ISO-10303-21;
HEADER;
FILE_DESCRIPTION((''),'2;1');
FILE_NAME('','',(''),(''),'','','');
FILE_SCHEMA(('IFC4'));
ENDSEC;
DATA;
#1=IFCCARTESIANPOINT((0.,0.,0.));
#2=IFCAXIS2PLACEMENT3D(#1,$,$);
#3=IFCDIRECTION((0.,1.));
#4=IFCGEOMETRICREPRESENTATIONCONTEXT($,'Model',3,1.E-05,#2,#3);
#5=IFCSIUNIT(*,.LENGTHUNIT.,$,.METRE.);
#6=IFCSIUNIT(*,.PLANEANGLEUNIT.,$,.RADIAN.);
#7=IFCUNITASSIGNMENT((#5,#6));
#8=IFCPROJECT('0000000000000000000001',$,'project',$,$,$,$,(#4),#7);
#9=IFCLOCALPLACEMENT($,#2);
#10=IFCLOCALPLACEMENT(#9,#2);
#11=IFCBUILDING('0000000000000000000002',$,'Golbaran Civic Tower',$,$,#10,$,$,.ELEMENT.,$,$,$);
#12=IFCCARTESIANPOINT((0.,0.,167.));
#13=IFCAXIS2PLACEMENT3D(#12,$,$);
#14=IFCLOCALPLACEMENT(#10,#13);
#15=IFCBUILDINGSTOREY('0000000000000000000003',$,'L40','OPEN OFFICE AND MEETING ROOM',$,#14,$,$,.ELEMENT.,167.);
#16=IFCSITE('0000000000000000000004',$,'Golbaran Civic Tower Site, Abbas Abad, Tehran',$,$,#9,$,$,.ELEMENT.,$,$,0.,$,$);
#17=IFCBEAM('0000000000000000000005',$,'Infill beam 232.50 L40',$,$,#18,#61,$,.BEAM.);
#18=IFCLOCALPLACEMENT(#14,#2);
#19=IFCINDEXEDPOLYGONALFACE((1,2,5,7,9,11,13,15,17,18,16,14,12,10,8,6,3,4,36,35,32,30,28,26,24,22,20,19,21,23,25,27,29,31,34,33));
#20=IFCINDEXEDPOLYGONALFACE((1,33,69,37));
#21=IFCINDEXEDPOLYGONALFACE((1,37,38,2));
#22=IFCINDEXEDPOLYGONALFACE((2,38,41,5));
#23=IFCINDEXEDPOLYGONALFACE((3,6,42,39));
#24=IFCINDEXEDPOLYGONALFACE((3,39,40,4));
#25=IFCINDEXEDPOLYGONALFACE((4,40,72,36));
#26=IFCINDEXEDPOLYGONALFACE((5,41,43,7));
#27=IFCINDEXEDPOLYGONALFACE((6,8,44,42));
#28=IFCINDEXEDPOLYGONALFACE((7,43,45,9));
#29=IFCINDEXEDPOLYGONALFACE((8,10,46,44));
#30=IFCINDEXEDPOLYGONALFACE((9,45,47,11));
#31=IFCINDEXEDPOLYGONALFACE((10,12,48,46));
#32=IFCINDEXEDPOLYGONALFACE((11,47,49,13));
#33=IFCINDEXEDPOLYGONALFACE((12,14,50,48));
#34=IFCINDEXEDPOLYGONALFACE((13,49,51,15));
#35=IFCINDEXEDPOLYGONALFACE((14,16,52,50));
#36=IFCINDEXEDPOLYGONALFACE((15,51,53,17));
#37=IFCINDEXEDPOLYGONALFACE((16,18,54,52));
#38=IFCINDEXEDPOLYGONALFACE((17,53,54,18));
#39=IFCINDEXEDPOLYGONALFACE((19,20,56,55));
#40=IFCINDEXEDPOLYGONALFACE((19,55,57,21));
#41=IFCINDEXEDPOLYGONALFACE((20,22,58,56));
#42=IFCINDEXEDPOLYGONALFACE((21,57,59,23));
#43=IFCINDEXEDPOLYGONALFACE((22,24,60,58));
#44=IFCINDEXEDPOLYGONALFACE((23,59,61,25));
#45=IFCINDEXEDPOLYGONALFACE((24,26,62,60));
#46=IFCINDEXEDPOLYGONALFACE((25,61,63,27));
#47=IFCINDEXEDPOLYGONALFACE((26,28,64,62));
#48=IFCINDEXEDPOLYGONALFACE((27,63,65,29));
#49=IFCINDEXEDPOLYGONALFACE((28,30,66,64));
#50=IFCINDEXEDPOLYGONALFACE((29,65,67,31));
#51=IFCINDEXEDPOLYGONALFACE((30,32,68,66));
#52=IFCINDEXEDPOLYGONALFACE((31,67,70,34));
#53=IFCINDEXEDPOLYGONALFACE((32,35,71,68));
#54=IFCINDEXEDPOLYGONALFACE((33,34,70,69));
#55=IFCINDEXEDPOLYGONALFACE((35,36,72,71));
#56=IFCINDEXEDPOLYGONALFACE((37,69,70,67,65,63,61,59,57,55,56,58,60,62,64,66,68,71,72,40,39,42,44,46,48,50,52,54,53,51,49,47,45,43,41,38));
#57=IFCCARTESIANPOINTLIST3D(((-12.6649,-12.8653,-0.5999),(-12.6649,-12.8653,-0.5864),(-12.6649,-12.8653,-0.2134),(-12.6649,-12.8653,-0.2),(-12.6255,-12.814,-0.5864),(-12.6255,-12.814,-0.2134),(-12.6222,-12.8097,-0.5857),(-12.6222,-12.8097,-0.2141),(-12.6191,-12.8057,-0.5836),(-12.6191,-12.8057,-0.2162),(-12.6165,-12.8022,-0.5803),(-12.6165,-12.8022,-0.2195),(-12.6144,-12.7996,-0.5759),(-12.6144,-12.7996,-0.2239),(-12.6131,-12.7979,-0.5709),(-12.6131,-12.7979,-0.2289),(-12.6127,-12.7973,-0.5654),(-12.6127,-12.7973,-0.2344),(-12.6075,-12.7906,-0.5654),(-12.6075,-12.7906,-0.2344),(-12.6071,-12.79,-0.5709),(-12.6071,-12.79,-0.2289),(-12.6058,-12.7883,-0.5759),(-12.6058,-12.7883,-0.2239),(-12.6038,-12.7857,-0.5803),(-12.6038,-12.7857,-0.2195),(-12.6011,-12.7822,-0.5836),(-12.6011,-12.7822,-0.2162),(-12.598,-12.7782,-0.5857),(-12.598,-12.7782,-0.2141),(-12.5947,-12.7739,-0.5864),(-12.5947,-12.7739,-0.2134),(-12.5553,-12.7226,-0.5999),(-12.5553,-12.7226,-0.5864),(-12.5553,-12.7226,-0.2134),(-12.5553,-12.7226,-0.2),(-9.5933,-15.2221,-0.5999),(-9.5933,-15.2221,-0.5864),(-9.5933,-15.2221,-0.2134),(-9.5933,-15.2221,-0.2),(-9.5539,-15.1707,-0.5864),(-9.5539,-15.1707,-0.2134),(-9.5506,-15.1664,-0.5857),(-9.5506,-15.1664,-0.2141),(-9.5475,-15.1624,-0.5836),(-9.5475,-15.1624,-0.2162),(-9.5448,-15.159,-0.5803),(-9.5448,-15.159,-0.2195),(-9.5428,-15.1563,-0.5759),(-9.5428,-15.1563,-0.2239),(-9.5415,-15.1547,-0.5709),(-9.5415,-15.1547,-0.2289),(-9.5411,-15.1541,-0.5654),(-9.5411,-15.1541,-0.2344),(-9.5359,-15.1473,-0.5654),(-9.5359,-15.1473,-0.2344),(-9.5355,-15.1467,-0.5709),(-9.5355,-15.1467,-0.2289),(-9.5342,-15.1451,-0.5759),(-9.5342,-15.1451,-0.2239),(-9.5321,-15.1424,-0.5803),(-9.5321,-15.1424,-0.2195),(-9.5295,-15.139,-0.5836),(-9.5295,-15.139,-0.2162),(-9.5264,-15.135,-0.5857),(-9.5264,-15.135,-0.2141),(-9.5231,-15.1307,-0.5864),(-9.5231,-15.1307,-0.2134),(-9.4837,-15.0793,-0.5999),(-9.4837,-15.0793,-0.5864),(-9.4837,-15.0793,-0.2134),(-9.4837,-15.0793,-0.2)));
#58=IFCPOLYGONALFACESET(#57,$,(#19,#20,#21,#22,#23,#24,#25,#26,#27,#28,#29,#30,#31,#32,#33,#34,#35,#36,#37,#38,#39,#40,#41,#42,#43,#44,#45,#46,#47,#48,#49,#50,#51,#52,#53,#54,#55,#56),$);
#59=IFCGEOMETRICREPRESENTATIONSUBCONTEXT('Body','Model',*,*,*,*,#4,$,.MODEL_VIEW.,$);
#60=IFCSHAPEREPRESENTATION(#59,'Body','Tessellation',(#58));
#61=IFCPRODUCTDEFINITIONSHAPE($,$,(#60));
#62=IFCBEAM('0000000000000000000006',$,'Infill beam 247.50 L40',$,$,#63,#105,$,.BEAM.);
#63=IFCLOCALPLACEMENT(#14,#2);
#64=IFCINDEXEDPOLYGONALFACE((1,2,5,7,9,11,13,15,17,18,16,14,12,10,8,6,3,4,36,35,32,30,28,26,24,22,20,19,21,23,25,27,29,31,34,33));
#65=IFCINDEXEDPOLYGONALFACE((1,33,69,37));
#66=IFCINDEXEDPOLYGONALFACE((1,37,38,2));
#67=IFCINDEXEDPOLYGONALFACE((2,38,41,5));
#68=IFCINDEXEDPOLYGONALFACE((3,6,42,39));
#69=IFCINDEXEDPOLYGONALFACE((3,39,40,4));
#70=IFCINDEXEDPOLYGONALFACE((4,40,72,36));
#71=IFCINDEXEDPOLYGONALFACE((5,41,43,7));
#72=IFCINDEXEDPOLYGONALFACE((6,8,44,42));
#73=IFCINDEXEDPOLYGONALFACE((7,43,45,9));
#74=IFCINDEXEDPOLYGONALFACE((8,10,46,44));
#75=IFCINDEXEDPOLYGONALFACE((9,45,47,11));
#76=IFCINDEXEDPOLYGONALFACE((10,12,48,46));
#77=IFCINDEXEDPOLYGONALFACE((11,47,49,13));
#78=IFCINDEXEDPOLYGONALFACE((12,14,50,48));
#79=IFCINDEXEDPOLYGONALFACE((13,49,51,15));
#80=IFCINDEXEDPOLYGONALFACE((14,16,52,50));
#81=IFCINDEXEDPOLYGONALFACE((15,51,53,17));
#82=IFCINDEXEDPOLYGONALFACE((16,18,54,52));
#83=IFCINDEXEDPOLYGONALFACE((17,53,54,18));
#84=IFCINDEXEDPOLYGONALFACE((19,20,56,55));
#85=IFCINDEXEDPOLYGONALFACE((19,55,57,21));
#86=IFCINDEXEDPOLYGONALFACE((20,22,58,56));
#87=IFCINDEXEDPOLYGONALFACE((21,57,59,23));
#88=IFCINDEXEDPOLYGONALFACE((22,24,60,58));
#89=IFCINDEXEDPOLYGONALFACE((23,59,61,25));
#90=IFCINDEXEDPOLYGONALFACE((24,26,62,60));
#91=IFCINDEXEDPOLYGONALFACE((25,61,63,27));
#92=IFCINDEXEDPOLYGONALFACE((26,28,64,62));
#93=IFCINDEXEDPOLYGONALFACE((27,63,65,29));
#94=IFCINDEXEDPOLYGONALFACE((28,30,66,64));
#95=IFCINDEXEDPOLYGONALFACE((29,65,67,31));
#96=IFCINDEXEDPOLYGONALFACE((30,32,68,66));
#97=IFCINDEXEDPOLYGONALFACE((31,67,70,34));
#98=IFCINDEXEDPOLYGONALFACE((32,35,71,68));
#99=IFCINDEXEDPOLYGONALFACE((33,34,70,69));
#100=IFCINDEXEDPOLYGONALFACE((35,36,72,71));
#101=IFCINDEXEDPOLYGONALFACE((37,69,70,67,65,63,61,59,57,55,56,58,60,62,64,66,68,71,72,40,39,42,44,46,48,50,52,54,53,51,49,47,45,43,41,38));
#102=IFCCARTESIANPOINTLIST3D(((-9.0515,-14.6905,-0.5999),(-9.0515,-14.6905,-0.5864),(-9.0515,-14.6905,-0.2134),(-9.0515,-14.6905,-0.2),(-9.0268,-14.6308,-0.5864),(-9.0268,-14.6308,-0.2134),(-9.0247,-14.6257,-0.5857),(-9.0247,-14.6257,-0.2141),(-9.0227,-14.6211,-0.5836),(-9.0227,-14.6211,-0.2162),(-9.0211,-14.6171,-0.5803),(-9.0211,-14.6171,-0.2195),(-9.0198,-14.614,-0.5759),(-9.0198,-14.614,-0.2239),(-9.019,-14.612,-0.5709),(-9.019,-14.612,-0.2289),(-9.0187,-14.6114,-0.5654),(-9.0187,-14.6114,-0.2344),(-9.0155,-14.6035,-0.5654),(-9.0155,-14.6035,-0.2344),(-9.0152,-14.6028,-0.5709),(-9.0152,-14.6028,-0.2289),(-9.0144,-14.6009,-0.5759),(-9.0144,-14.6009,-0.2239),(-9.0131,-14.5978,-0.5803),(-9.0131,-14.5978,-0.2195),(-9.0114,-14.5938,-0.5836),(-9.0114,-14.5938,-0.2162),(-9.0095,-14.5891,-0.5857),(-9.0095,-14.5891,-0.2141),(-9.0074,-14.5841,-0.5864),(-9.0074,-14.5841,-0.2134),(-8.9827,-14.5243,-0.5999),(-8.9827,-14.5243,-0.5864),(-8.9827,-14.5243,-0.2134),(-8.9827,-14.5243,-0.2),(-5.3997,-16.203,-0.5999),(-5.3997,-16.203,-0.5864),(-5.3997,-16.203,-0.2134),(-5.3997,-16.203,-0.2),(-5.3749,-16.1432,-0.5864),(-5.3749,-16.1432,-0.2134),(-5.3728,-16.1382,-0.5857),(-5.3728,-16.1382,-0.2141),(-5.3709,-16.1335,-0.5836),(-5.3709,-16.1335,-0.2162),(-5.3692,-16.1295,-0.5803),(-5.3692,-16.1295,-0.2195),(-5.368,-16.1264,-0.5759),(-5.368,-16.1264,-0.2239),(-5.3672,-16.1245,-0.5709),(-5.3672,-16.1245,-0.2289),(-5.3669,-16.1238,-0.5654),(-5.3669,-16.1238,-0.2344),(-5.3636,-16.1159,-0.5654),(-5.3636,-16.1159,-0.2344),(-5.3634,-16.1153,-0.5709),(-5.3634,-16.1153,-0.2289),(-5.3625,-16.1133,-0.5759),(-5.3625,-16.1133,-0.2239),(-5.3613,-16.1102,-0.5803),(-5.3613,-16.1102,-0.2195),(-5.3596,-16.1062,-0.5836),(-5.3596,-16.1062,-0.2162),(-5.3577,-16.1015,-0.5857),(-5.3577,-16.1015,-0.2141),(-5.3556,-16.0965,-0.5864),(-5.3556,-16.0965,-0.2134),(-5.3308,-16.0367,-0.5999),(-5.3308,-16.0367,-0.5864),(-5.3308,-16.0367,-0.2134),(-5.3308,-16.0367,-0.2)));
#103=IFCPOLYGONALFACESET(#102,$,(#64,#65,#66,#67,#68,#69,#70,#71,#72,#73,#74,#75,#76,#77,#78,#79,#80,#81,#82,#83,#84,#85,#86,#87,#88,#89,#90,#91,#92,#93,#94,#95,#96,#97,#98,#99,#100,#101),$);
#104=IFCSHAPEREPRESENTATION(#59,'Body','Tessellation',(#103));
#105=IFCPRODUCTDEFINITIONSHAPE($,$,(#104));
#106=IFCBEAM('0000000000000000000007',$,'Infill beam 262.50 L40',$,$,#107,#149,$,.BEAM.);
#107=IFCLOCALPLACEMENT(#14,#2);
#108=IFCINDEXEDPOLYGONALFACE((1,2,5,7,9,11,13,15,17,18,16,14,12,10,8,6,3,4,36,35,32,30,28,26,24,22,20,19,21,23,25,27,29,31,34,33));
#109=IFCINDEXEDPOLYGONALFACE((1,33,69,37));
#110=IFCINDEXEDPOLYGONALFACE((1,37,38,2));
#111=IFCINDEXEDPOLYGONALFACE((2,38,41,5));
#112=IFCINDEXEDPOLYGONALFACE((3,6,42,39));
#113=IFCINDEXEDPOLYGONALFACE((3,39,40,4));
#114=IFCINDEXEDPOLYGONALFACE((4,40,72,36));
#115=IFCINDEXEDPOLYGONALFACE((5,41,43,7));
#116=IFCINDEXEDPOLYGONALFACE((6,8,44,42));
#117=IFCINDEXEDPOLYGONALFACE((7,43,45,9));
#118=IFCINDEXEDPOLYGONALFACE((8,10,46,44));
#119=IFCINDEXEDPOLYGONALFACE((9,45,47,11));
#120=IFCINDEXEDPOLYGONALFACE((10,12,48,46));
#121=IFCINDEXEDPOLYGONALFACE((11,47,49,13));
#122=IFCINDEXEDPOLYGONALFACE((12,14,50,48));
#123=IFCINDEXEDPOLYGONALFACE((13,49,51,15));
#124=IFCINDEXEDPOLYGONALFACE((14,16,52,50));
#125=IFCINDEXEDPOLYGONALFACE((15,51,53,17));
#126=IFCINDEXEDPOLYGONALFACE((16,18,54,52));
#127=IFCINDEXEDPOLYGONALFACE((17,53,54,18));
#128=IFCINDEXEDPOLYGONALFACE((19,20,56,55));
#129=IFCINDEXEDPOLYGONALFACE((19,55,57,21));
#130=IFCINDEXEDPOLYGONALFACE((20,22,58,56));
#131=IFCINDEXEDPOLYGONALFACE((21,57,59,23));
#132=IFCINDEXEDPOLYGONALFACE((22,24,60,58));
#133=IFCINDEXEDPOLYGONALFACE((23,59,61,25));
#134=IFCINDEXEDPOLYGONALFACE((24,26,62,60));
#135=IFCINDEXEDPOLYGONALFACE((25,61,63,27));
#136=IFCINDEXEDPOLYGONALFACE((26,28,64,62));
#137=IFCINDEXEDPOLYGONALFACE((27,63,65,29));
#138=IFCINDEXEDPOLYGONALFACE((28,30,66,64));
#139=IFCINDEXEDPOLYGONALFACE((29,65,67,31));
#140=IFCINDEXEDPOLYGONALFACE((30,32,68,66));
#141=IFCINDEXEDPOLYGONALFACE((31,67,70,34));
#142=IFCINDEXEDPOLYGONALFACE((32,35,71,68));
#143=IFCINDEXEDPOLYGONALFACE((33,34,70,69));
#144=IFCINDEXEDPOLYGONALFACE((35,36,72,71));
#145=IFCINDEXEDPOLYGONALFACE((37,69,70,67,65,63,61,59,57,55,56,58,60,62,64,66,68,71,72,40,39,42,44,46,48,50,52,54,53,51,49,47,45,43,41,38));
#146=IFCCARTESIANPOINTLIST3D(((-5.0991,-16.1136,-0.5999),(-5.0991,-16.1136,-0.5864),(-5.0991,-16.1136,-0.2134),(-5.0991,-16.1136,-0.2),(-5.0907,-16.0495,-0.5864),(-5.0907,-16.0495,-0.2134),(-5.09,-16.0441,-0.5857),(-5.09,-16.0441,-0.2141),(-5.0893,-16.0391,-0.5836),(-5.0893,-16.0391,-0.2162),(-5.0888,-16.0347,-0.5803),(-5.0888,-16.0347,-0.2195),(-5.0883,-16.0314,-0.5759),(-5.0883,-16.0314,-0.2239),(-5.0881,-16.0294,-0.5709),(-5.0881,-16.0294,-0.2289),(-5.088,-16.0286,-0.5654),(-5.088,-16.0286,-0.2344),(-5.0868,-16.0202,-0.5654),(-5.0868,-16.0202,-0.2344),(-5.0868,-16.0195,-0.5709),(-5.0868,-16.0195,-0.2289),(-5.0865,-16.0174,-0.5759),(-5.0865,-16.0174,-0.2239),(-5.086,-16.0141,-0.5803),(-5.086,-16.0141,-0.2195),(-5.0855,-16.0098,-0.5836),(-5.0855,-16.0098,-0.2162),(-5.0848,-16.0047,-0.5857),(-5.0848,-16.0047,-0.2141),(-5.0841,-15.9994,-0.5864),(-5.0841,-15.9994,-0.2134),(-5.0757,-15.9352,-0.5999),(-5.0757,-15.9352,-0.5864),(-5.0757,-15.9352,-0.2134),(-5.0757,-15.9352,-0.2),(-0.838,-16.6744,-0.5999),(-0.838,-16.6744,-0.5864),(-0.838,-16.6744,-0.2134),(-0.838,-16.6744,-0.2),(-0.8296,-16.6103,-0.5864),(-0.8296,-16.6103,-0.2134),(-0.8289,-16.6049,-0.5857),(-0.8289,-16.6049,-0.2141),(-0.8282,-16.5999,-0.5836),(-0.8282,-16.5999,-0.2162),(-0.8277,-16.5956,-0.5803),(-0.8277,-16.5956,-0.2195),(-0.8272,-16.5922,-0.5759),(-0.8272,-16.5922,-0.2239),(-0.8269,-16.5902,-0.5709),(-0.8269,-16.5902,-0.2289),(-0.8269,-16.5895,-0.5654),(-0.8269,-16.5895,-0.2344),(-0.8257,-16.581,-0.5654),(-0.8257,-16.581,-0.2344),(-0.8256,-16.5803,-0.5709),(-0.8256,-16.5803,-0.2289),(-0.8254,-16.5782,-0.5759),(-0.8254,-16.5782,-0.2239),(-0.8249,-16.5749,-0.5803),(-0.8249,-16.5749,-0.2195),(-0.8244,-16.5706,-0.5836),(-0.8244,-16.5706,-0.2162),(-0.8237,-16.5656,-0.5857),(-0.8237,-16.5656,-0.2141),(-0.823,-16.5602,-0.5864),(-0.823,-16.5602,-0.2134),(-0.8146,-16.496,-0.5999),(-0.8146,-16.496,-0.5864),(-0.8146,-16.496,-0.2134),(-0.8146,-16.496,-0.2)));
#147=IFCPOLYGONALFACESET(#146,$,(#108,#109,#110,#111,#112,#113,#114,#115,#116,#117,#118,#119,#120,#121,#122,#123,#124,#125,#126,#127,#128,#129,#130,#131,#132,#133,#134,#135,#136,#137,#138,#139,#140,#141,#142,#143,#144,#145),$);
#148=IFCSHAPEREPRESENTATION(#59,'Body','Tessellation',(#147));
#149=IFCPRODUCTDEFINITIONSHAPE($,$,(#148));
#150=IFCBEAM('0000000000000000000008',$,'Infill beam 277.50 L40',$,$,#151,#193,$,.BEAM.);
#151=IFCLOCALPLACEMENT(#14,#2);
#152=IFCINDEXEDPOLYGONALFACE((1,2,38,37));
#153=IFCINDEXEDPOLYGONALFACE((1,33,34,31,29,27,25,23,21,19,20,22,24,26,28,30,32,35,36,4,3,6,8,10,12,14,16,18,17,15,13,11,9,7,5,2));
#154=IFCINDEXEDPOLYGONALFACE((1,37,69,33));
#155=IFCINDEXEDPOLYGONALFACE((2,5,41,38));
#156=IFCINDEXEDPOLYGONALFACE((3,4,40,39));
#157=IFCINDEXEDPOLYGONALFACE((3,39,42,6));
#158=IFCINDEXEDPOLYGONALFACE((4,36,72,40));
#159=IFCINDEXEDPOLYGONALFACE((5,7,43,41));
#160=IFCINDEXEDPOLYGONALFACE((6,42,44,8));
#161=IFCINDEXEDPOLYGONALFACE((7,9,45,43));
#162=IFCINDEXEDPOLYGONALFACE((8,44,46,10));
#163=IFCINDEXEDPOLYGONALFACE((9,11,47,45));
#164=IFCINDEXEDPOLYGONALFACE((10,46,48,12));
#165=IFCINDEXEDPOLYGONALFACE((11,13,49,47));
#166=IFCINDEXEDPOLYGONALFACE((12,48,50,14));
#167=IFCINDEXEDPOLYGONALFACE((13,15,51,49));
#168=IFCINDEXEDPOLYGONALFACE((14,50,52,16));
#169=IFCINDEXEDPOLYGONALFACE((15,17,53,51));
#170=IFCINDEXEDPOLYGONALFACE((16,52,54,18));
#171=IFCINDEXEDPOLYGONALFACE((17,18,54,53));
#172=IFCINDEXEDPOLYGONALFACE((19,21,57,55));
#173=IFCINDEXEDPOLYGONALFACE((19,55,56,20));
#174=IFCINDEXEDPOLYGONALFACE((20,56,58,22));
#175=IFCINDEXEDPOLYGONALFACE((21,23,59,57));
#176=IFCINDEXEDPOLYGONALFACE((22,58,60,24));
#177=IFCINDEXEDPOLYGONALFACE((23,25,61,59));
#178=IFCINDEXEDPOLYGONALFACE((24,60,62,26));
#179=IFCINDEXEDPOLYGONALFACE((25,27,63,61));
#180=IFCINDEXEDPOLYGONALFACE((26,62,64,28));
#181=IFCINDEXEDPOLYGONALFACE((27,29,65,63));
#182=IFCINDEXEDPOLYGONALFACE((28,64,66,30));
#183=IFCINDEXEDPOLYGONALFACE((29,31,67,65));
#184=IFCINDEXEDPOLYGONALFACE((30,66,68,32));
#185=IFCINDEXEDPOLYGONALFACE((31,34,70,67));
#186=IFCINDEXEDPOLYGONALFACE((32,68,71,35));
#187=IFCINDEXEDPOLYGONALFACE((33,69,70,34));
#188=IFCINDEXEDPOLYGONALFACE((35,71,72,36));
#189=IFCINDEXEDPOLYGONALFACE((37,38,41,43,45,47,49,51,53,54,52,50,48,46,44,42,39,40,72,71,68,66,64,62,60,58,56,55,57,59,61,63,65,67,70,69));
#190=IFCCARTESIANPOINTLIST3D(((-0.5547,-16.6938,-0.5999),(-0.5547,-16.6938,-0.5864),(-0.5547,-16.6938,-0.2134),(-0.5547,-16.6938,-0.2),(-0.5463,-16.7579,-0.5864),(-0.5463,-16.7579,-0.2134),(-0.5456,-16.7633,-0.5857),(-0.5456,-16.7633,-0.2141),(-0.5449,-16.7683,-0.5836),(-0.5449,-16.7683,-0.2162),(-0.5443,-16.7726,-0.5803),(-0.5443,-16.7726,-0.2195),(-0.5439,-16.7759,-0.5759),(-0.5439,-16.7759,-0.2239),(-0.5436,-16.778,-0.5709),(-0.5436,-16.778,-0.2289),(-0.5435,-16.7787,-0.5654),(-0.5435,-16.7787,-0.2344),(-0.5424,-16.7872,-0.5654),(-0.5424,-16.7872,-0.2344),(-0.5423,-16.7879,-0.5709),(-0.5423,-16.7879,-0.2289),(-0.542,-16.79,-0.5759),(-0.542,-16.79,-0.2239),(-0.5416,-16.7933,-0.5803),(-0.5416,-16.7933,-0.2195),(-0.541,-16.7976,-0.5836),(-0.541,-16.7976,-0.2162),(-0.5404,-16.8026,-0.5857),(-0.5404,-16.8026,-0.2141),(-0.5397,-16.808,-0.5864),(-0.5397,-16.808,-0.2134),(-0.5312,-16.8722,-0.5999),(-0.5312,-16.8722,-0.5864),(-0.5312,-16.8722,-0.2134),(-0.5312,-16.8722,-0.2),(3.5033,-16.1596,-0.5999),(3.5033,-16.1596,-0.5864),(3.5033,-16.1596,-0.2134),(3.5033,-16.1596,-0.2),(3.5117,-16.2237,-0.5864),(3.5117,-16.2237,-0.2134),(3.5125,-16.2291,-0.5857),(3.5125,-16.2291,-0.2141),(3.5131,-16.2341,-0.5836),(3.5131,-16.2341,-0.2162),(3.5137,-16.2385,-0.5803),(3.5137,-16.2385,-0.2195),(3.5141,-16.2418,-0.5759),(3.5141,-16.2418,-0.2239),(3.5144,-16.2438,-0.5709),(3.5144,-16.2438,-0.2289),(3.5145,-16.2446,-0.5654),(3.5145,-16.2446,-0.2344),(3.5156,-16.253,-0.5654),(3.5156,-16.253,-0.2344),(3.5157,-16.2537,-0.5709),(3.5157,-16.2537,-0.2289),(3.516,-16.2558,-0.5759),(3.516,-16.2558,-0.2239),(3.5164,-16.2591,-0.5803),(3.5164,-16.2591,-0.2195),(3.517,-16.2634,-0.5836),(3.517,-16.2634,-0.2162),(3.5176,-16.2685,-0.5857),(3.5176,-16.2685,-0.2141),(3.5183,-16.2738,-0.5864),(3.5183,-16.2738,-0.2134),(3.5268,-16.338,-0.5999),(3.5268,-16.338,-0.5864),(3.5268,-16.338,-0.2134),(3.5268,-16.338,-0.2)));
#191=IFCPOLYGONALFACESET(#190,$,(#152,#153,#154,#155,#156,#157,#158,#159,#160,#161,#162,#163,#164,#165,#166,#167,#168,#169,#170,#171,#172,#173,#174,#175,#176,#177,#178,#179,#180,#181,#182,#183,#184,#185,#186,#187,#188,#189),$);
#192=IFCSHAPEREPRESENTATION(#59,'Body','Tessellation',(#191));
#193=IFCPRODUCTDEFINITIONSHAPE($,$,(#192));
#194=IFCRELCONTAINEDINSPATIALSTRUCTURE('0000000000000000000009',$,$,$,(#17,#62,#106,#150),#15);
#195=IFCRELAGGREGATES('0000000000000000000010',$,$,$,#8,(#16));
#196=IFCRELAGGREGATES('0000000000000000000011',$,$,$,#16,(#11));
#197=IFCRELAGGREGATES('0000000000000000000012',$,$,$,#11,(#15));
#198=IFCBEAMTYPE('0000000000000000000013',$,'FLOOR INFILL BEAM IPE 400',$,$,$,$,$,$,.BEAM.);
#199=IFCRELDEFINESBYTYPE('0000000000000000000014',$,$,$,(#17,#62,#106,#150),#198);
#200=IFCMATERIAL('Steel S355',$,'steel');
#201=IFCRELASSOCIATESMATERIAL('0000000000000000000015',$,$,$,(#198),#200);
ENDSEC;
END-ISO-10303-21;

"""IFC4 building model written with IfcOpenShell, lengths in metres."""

from ifc_helpers import new_model, si_unit, direction, frame, origin, origin_2d, place, context, subcontext, project, spatial, i_section, extrude, material, material_profile, profile_set, type_object, element, save


model = new_model("IFC4")

# Units and contexts
model_context = context("Model", 3, precision=1e-05, world=origin(), true_north=direction((0.0, 1.0)))
body_context = subcontext(model_context, "Body", "Model", "MODEL_VIEW")
ifc_project = project(units=[si_unit("LENGTHUNIT", "METRE"), si_unit("PLANEANGLEUNIT", "RADIAN")], contexts=[model_context])

# Site, building, storey
site_placement = place(None, origin())
site = spatial("IfcSite", under=ifc_project, at=site_placement, Name="Golbaran Civic Tower Site, Abbas Abad, Tehran", CompositionType="ELEMENT", RefElevation=0.0)
building_placement = place(site_placement, origin())
building = spatial("IfcBuilding", under=site, at=building_placement, Name="Golbaran Civic Tower", CompositionType="ELEMENT")
storey_placement = place(building_placement, frame((0.0, 0.0, 167.0)))
storey = spatial("IfcBuildingStorey", under=building, at=storey_placement, Name="L40", Description="OPEN OFFICE AND MEETING ROOM", CompositionType="ELEMENT", Elevation=167.0)

# Beams
ifc_material_1 = material(Name="Steel S355", Category="steel")
ifc_material_profile_1 = material_profile(ifc_material_1, i_section(OverallWidth=0.1799, OverallDepth=0.3999, WebThickness=0.0085, FlangeThickness=0.0134, FilletRadius=0.021, at=origin_2d()), Name="IPE 400")
ifc_profile_set_1 = profile_set([ifc_material_profile_1], Name="Steel S355")
beam_type_1 = type_object("IfcBeamType", Name="FLOOR INFILL BEAM IPE 400", PredefinedType="BEAM", material=ifc_profile_set_1)
beam_1_placement = place(storey_placement, frame((-12.6101, -12.7939, -0.3999), z_axis=(0.793376, -0.608732, 0.0), x_axis=(0.608732, 0.793376, 0.0)))
element("IfcBeam", 1, at=beam_1_placement, inside=storey, type_object=beam_type_1, Name="Infill beam 232.50 L40", PredefinedType="BEAM", context=body_context, shape_type="SweptSolid", body=[
    extrude(i_section(OverallWidth=0.1799, OverallDepth=0.3999, WebThickness=0.0085, FlangeThickness=0.0134, FilletRadius=0.021, at=origin_2d()), origin(), (0.0, 0.0, 1.0), 3.8716),
])
beam_2_placement = place(storey_placement, frame((-9.0171, -14.6074, -0.3999), z_axis=(0.923897, -0.382641, 0.0), x_axis=(0.382641, 0.923897, 0.0)))
element("IfcBeam", 2, at=beam_2_placement, inside=storey, type_object=beam_type_1, Name="Infill beam 247.50 L40", PredefinedType="BEAM", context=body_context, shape_type="SweptSolid", body=[
    extrude(i_section(OverallWidth=0.1799, OverallDepth=0.3999, WebThickness=0.0085, FlangeThickness=0.0134, FilletRadius=0.021, at=origin_2d()), origin(), (0.0, 0.0, 1.0), 3.9526),
])
beam_3_placement = place(storey_placement, frame((-5.0874, -16.0244, -0.3999), z_axis=(0.99145, -0.130485, 0.0), x_axis=(0.130485, 0.99145, 0.0)))
element("IfcBeam", 3, at=beam_3_placement, inside=storey, type_object=beam_type_1, Name="Infill beam 262.50 L40", PredefinedType="BEAM", context=body_context, shape_type="SweptSolid", body=[
    extrude(i_section(OverallWidth=0.1799, OverallDepth=0.3999, WebThickness=0.0085, FlangeThickness=0.0134, FilletRadius=0.021, at=origin_2d()), origin(), (0.0, 0.0, 1.0), 4.2979),
])
beam_4_placement = place(storey_placement, frame((-0.543, -16.783, -0.3999), z_axis=(0.991447, 0.130507, 0.0), x_axis=(-0.130507, 0.991447, 0.0)))
element("IfcBeam", 4, at=beam_4_placement, inside=storey, type_object=beam_type_1, Name="Infill beam 277.50 L40", PredefinedType="BEAM", context=body_context, shape_type="SweptSolid", body=[
    extrude(i_section(OverallWidth=0.1799, OverallDepth=0.3999, WebThickness=0.0085, FlangeThickness=0.0134, FilletRadius=0.021, at=origin_2d()), origin(), (0.0, 0.0, 1.0), 4.093),
])

save(model, "model.ifc")
